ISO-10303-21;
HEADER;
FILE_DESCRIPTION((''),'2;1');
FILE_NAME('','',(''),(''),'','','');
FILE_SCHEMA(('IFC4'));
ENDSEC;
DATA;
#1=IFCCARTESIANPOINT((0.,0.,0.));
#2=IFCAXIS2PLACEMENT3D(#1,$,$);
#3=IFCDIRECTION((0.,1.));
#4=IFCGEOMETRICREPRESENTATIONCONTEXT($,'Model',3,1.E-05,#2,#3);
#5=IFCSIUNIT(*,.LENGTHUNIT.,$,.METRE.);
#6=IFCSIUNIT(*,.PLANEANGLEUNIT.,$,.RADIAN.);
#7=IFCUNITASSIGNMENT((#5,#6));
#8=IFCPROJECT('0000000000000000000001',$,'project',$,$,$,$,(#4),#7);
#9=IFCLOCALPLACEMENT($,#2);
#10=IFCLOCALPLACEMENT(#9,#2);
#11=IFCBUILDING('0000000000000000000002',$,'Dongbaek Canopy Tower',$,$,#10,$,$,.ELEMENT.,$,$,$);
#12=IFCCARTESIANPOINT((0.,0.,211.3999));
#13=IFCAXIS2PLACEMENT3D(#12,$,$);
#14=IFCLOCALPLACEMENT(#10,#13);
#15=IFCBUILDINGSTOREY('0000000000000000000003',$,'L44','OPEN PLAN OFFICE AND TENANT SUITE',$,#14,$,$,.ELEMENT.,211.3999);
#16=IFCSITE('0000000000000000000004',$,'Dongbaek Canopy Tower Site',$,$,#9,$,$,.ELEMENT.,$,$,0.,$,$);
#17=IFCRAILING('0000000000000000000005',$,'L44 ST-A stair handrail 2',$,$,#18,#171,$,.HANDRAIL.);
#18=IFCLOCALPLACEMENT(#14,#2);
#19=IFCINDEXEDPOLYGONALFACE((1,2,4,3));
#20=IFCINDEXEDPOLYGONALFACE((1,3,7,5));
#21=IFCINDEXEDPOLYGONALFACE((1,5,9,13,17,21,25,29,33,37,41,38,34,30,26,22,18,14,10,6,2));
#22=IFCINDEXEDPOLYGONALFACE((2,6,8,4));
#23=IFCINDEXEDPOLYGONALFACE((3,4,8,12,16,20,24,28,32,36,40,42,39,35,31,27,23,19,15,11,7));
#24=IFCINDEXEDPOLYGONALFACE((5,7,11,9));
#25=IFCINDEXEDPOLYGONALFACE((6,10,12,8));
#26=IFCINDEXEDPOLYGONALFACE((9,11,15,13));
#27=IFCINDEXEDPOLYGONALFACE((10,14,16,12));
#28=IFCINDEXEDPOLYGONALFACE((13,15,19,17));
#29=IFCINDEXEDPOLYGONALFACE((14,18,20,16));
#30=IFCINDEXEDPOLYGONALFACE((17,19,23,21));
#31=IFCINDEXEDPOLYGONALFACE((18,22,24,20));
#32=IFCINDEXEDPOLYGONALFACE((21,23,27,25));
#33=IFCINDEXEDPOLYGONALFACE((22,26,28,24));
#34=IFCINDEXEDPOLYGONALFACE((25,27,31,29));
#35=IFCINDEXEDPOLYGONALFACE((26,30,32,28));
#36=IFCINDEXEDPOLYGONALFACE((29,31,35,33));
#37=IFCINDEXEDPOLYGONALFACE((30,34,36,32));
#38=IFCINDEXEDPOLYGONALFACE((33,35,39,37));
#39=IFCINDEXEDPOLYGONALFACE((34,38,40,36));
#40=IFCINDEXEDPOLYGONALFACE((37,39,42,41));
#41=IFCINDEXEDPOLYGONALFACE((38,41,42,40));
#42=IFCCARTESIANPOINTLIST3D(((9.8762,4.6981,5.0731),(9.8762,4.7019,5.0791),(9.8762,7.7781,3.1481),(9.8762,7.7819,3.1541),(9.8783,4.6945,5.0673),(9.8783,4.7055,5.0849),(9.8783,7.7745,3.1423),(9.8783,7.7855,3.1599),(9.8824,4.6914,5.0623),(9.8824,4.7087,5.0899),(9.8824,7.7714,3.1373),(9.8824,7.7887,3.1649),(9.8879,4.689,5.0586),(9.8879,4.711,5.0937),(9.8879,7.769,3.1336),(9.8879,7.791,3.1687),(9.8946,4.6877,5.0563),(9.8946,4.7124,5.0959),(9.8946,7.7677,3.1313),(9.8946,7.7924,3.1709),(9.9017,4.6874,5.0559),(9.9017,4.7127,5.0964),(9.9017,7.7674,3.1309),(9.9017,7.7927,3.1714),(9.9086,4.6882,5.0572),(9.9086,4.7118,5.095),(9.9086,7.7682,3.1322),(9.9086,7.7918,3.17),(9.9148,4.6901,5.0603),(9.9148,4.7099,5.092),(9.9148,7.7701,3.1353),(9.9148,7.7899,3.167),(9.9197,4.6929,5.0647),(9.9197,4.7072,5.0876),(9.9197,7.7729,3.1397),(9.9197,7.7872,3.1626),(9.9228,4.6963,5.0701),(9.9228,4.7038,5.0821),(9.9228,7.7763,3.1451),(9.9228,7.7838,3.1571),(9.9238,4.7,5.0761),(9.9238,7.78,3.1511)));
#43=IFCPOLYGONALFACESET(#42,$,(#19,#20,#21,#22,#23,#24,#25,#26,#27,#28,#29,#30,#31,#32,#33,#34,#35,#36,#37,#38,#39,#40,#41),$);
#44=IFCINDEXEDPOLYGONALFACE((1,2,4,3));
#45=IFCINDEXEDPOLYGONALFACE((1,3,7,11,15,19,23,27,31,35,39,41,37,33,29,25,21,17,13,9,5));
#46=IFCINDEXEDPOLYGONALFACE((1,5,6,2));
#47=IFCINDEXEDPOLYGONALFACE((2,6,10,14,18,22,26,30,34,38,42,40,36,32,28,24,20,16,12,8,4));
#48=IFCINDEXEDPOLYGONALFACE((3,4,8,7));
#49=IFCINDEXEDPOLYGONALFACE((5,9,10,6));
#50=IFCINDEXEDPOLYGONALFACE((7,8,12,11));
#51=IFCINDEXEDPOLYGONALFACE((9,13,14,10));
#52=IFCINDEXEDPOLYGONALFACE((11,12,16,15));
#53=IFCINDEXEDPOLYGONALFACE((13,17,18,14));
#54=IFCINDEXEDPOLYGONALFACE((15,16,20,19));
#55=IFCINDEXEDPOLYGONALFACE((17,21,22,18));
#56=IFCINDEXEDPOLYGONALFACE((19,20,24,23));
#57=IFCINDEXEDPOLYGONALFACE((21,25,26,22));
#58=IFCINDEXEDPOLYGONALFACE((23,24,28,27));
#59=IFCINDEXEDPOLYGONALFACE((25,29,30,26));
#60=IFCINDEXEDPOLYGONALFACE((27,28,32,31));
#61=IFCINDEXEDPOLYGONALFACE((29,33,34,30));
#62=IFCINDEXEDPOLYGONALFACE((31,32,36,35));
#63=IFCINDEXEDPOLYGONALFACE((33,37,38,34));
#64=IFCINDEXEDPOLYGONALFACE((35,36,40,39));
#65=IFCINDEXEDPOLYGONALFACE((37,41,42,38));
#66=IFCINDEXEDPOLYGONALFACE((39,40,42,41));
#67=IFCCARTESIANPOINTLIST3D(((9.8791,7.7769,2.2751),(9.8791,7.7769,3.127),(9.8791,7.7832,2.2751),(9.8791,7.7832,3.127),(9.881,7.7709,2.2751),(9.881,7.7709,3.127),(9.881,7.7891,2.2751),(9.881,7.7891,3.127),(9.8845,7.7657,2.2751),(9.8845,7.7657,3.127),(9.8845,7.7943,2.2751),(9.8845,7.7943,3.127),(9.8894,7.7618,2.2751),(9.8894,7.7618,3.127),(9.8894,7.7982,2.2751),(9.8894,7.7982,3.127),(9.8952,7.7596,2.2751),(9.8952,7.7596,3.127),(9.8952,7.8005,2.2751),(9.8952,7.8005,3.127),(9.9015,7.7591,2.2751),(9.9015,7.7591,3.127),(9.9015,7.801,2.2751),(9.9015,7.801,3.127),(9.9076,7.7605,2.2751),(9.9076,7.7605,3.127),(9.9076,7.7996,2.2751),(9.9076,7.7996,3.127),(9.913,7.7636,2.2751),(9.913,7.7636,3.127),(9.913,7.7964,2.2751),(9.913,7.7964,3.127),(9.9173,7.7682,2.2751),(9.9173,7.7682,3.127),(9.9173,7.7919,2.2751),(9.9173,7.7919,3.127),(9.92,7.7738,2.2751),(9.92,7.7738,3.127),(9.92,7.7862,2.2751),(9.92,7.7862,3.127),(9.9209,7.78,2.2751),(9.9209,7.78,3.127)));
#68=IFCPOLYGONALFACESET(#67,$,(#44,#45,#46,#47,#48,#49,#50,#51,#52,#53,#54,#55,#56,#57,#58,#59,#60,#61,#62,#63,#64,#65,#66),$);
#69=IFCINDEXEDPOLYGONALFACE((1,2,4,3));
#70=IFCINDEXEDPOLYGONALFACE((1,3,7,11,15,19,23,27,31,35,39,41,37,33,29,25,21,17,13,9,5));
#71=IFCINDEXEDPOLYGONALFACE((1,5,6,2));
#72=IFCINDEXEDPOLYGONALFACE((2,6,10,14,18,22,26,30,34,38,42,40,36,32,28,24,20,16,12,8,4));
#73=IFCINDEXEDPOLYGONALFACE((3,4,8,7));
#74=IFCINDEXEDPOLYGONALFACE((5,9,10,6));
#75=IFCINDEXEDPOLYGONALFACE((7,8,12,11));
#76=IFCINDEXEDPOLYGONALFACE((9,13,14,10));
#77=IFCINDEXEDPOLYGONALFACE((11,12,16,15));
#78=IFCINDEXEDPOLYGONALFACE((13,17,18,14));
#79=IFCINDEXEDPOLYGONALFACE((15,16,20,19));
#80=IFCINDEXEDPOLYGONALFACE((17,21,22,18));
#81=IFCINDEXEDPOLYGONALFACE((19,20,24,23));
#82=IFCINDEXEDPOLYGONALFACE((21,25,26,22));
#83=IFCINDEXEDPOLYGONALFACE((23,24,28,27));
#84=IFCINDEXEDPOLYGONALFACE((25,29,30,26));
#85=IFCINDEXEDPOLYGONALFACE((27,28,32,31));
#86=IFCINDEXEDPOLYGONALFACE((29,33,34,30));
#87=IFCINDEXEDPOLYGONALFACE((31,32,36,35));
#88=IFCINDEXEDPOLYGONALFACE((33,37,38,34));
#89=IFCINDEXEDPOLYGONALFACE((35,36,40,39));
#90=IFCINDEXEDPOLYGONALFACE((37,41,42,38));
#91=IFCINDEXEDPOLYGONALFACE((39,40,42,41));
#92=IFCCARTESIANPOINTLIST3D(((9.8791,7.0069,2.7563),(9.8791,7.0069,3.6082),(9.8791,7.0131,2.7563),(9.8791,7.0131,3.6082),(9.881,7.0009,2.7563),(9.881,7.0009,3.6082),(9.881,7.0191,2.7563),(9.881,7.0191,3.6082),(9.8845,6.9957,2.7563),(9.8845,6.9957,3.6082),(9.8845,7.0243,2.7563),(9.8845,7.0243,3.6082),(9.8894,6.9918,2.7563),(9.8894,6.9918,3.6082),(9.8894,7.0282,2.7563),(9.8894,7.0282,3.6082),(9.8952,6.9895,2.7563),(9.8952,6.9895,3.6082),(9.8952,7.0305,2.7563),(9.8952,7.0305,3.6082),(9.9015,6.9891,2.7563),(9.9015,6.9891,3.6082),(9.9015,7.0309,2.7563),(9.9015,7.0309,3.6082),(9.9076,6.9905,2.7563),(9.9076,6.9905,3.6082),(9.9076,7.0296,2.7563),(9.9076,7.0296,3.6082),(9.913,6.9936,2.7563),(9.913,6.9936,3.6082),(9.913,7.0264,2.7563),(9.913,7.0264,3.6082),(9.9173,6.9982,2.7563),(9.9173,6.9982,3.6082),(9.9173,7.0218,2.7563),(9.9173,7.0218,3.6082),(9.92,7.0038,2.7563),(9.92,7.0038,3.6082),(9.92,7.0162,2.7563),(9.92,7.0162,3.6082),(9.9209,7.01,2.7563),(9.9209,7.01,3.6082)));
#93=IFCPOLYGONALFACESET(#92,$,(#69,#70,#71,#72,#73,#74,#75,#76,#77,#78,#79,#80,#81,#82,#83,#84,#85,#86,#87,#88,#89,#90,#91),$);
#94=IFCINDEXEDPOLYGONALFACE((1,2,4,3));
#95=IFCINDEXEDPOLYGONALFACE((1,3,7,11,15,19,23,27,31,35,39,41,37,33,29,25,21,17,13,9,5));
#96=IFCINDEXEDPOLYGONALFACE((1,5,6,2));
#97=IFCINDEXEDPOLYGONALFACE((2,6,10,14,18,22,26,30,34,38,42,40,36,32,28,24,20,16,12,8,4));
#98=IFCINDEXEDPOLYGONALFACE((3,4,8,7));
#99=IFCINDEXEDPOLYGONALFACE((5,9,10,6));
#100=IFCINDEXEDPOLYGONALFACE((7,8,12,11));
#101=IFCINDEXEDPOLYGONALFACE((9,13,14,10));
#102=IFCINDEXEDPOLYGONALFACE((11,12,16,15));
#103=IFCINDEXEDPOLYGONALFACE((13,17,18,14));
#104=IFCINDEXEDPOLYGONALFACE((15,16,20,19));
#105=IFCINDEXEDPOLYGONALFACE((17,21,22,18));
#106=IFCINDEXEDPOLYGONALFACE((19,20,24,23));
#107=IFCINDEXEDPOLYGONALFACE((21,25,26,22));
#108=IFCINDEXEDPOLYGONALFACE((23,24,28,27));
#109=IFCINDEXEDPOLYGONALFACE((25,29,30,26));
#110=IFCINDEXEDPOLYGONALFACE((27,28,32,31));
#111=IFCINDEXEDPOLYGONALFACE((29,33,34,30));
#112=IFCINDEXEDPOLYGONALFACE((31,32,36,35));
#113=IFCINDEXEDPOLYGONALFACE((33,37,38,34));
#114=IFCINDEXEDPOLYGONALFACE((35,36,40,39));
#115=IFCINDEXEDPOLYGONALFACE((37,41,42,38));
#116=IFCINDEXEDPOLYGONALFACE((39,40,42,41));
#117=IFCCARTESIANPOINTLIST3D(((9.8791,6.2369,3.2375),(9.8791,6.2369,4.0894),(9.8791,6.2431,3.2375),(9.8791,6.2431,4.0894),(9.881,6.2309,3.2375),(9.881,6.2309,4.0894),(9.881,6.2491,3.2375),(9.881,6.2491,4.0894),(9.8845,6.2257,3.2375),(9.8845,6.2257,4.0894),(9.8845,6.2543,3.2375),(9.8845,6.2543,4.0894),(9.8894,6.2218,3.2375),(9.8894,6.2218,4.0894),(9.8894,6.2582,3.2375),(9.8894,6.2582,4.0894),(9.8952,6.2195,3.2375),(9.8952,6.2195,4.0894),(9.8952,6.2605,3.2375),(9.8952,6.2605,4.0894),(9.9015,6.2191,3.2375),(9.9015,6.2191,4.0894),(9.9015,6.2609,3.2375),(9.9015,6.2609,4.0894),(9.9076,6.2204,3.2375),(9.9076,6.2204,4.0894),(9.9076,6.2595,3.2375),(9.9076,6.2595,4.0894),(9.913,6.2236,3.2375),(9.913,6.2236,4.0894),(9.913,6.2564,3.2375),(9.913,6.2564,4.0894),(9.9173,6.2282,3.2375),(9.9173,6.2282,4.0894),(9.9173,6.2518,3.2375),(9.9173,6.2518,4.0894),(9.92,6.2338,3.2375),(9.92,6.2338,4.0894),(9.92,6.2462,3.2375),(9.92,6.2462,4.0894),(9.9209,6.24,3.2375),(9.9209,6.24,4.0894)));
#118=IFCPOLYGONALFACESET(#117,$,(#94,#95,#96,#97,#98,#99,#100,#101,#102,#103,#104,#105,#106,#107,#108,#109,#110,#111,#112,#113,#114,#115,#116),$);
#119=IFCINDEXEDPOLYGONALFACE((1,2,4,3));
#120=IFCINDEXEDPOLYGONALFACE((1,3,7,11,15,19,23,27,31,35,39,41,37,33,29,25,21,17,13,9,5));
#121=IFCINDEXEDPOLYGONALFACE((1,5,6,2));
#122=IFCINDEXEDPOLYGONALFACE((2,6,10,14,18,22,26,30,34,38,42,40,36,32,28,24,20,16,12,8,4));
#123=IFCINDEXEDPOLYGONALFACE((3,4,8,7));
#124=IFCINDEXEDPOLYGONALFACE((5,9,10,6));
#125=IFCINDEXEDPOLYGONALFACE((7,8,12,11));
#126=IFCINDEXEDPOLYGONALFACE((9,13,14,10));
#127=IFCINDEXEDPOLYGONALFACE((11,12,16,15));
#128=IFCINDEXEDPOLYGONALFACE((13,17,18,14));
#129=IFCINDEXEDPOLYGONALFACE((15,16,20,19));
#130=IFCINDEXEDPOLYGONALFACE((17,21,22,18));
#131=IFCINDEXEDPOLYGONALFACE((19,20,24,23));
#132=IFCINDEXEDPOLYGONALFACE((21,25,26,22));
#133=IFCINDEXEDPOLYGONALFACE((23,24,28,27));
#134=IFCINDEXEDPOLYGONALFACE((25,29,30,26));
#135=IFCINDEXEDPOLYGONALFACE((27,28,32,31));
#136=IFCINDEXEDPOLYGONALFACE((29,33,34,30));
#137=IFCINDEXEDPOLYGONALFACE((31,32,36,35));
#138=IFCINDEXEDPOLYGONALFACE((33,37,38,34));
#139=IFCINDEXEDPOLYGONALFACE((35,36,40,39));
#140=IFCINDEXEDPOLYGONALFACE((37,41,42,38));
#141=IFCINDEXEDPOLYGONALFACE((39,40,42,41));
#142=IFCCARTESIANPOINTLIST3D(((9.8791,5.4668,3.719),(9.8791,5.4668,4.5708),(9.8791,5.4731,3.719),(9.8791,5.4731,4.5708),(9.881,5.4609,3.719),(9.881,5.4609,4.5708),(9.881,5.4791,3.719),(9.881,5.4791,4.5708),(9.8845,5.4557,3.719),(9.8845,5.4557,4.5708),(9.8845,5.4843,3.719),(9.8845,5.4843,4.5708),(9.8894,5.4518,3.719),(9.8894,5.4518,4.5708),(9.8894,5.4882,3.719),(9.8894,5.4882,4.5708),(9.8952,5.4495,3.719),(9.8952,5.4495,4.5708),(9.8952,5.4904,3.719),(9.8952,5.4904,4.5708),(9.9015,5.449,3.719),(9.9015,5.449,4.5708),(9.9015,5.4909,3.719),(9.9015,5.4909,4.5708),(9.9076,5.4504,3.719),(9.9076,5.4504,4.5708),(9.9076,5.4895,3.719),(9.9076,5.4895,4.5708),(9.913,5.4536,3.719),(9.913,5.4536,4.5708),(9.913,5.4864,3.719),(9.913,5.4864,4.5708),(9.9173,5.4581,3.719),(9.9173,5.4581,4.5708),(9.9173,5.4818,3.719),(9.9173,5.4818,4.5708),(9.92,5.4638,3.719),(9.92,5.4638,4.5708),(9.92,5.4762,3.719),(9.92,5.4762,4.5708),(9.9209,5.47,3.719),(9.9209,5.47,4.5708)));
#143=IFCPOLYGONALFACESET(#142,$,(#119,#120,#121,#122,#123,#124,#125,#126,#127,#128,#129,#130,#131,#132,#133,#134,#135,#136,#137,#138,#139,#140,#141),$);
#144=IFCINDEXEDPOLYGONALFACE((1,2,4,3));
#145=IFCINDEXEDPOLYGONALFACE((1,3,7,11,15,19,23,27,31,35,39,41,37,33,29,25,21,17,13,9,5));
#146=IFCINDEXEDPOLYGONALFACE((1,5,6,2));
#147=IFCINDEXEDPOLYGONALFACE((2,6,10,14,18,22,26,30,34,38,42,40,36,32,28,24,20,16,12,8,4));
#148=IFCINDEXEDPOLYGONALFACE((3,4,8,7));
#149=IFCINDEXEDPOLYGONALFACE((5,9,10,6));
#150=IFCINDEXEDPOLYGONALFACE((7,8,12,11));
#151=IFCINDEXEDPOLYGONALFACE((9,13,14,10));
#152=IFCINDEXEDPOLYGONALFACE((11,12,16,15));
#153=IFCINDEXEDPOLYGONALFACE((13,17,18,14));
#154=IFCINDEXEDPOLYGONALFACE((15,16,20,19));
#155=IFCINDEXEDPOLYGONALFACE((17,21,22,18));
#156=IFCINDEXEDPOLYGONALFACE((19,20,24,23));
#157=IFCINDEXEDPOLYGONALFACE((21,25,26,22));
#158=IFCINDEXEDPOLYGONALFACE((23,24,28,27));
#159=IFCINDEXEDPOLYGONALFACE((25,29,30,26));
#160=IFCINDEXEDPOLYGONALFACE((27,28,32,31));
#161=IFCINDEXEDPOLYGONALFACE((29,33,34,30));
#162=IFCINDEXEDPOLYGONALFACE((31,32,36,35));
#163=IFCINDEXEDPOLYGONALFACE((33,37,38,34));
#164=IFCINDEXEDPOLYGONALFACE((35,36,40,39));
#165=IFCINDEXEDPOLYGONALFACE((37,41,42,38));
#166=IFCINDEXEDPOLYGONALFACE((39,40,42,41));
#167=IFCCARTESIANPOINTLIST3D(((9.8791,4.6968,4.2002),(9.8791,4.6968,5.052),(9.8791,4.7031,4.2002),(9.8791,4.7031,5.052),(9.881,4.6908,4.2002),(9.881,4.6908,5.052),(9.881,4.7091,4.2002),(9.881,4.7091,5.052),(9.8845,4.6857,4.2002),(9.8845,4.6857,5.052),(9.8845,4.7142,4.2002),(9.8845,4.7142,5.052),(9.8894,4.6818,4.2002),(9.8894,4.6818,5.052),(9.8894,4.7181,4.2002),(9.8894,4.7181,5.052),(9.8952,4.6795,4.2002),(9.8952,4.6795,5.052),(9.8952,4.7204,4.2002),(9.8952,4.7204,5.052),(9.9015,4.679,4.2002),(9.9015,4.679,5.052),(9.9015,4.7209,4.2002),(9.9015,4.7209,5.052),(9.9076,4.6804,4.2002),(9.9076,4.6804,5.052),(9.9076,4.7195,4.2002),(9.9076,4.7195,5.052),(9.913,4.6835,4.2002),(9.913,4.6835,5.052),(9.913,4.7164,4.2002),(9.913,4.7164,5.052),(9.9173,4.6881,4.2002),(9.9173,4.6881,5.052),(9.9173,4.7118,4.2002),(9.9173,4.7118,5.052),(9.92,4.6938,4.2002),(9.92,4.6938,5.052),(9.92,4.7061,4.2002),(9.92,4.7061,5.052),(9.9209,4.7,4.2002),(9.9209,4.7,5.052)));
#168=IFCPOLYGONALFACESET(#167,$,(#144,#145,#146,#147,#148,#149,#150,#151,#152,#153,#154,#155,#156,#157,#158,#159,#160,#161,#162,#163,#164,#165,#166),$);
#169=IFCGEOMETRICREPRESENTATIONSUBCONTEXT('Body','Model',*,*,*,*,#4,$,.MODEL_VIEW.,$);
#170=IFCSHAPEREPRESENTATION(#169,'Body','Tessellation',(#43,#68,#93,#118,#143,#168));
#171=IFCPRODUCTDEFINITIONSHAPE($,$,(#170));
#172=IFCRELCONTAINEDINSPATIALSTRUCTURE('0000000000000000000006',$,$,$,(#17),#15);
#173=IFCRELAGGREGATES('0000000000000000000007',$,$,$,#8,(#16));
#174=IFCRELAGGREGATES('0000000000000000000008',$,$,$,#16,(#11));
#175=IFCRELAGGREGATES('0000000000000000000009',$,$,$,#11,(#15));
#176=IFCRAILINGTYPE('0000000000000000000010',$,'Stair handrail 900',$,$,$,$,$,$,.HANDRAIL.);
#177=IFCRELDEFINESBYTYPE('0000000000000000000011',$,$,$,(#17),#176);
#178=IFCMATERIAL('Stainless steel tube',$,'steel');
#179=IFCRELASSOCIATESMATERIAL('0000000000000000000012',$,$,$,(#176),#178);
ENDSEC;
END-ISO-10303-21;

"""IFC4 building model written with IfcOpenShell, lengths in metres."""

from ifc_helpers import new_model, si_unit, direction, frame, origin, origin_2d, place, context, subcontext, project, spatial, circle, extrude, material, type_object, element, save


model = new_model("IFC4")

# Units and contexts
model_context = context("Model", 3, precision=1e-05, world=origin(), true_north=direction((0.0, 1.0)))
body_context = subcontext(model_context, "Body", "Model", "MODEL_VIEW")
ifc_project = project(units=[si_unit("LENGTHUNIT", "METRE"), si_unit("PLANEANGLEUNIT", "RADIAN")], contexts=[model_context])

# Site, building, storey
site_placement = place(None, origin())
site = spatial("IfcSite", under=ifc_project, at=site_placement, Name="Dongbaek Canopy Tower Site", CompositionType="ELEMENT", RefElevation=0.0)
building_placement = place(site_placement, origin())
building = spatial("IfcBuilding", under=site, at=building_placement, Name="Dongbaek Canopy Tower", CompositionType="ELEMENT")
storey_placement = place(building_placement, frame((0.0, 0.0, 211.3999)))
storey = spatial("IfcBuildingStorey", under=building, at=storey_placement, Name="L44", Description="OPEN PLAN OFFICE AND TENANT SUITE", CompositionType="ELEMENT", Elevation=211.3999)

# Railing
ifc_material_1 = material(Name="Stainless steel tube", Category="steel")
railing_type_1 = type_object("IfcRailingType", Name="Stair handrail 900", PredefinedType="HANDRAIL", material=ifc_material_1)
railing_1_placement = place(storey_placement, frame((9.8999, 7.78, 2.2751)))
element("IfcRailing", 1, at=railing_1_placement, inside=storey, type_object=railing_type_1, Name="L44 ST-A stair handrail 2", PredefinedType="HANDRAIL", context=body_context, shape_type="SweptSolid", body=[
    extrude(circle(Radius=0.0239, at=origin_2d()), frame((0.0, 0.0, 0.876), z_axis=(0.0, -0.847998, 0.529999), x_axis=(1.0, 0.0, 0.0)), (0.0, 0.0, 1.0), 3.6321),
    extrude(circle(Radius=0.021, at=origin_2d()), origin(), (0.0, 0.0, 1.0), 0.8518),
    extrude(circle(Radius=0.021, at=origin_2d()), frame((0.0, -0.77, 0.4812)), (0.0, 0.0, 1.0), 0.8518),
    extrude(circle(Radius=0.021, at=origin_2d()), frame((0.0, -1.54, 0.9624)), (0.0, 0.0, 1.0), 0.8518),
    extrude(circle(Radius=0.021, at=origin_2d()), frame((0.0, -2.3101, 1.4438)), (0.0, 0.0, 1.0), 0.8518),
    extrude(circle(Radius=0.021, at=origin_2d()), frame((0.0, -3.0801, 1.925)), (0.0, 0.0, 1.0), 0.8518),
])

save(model, "model.ifc")
